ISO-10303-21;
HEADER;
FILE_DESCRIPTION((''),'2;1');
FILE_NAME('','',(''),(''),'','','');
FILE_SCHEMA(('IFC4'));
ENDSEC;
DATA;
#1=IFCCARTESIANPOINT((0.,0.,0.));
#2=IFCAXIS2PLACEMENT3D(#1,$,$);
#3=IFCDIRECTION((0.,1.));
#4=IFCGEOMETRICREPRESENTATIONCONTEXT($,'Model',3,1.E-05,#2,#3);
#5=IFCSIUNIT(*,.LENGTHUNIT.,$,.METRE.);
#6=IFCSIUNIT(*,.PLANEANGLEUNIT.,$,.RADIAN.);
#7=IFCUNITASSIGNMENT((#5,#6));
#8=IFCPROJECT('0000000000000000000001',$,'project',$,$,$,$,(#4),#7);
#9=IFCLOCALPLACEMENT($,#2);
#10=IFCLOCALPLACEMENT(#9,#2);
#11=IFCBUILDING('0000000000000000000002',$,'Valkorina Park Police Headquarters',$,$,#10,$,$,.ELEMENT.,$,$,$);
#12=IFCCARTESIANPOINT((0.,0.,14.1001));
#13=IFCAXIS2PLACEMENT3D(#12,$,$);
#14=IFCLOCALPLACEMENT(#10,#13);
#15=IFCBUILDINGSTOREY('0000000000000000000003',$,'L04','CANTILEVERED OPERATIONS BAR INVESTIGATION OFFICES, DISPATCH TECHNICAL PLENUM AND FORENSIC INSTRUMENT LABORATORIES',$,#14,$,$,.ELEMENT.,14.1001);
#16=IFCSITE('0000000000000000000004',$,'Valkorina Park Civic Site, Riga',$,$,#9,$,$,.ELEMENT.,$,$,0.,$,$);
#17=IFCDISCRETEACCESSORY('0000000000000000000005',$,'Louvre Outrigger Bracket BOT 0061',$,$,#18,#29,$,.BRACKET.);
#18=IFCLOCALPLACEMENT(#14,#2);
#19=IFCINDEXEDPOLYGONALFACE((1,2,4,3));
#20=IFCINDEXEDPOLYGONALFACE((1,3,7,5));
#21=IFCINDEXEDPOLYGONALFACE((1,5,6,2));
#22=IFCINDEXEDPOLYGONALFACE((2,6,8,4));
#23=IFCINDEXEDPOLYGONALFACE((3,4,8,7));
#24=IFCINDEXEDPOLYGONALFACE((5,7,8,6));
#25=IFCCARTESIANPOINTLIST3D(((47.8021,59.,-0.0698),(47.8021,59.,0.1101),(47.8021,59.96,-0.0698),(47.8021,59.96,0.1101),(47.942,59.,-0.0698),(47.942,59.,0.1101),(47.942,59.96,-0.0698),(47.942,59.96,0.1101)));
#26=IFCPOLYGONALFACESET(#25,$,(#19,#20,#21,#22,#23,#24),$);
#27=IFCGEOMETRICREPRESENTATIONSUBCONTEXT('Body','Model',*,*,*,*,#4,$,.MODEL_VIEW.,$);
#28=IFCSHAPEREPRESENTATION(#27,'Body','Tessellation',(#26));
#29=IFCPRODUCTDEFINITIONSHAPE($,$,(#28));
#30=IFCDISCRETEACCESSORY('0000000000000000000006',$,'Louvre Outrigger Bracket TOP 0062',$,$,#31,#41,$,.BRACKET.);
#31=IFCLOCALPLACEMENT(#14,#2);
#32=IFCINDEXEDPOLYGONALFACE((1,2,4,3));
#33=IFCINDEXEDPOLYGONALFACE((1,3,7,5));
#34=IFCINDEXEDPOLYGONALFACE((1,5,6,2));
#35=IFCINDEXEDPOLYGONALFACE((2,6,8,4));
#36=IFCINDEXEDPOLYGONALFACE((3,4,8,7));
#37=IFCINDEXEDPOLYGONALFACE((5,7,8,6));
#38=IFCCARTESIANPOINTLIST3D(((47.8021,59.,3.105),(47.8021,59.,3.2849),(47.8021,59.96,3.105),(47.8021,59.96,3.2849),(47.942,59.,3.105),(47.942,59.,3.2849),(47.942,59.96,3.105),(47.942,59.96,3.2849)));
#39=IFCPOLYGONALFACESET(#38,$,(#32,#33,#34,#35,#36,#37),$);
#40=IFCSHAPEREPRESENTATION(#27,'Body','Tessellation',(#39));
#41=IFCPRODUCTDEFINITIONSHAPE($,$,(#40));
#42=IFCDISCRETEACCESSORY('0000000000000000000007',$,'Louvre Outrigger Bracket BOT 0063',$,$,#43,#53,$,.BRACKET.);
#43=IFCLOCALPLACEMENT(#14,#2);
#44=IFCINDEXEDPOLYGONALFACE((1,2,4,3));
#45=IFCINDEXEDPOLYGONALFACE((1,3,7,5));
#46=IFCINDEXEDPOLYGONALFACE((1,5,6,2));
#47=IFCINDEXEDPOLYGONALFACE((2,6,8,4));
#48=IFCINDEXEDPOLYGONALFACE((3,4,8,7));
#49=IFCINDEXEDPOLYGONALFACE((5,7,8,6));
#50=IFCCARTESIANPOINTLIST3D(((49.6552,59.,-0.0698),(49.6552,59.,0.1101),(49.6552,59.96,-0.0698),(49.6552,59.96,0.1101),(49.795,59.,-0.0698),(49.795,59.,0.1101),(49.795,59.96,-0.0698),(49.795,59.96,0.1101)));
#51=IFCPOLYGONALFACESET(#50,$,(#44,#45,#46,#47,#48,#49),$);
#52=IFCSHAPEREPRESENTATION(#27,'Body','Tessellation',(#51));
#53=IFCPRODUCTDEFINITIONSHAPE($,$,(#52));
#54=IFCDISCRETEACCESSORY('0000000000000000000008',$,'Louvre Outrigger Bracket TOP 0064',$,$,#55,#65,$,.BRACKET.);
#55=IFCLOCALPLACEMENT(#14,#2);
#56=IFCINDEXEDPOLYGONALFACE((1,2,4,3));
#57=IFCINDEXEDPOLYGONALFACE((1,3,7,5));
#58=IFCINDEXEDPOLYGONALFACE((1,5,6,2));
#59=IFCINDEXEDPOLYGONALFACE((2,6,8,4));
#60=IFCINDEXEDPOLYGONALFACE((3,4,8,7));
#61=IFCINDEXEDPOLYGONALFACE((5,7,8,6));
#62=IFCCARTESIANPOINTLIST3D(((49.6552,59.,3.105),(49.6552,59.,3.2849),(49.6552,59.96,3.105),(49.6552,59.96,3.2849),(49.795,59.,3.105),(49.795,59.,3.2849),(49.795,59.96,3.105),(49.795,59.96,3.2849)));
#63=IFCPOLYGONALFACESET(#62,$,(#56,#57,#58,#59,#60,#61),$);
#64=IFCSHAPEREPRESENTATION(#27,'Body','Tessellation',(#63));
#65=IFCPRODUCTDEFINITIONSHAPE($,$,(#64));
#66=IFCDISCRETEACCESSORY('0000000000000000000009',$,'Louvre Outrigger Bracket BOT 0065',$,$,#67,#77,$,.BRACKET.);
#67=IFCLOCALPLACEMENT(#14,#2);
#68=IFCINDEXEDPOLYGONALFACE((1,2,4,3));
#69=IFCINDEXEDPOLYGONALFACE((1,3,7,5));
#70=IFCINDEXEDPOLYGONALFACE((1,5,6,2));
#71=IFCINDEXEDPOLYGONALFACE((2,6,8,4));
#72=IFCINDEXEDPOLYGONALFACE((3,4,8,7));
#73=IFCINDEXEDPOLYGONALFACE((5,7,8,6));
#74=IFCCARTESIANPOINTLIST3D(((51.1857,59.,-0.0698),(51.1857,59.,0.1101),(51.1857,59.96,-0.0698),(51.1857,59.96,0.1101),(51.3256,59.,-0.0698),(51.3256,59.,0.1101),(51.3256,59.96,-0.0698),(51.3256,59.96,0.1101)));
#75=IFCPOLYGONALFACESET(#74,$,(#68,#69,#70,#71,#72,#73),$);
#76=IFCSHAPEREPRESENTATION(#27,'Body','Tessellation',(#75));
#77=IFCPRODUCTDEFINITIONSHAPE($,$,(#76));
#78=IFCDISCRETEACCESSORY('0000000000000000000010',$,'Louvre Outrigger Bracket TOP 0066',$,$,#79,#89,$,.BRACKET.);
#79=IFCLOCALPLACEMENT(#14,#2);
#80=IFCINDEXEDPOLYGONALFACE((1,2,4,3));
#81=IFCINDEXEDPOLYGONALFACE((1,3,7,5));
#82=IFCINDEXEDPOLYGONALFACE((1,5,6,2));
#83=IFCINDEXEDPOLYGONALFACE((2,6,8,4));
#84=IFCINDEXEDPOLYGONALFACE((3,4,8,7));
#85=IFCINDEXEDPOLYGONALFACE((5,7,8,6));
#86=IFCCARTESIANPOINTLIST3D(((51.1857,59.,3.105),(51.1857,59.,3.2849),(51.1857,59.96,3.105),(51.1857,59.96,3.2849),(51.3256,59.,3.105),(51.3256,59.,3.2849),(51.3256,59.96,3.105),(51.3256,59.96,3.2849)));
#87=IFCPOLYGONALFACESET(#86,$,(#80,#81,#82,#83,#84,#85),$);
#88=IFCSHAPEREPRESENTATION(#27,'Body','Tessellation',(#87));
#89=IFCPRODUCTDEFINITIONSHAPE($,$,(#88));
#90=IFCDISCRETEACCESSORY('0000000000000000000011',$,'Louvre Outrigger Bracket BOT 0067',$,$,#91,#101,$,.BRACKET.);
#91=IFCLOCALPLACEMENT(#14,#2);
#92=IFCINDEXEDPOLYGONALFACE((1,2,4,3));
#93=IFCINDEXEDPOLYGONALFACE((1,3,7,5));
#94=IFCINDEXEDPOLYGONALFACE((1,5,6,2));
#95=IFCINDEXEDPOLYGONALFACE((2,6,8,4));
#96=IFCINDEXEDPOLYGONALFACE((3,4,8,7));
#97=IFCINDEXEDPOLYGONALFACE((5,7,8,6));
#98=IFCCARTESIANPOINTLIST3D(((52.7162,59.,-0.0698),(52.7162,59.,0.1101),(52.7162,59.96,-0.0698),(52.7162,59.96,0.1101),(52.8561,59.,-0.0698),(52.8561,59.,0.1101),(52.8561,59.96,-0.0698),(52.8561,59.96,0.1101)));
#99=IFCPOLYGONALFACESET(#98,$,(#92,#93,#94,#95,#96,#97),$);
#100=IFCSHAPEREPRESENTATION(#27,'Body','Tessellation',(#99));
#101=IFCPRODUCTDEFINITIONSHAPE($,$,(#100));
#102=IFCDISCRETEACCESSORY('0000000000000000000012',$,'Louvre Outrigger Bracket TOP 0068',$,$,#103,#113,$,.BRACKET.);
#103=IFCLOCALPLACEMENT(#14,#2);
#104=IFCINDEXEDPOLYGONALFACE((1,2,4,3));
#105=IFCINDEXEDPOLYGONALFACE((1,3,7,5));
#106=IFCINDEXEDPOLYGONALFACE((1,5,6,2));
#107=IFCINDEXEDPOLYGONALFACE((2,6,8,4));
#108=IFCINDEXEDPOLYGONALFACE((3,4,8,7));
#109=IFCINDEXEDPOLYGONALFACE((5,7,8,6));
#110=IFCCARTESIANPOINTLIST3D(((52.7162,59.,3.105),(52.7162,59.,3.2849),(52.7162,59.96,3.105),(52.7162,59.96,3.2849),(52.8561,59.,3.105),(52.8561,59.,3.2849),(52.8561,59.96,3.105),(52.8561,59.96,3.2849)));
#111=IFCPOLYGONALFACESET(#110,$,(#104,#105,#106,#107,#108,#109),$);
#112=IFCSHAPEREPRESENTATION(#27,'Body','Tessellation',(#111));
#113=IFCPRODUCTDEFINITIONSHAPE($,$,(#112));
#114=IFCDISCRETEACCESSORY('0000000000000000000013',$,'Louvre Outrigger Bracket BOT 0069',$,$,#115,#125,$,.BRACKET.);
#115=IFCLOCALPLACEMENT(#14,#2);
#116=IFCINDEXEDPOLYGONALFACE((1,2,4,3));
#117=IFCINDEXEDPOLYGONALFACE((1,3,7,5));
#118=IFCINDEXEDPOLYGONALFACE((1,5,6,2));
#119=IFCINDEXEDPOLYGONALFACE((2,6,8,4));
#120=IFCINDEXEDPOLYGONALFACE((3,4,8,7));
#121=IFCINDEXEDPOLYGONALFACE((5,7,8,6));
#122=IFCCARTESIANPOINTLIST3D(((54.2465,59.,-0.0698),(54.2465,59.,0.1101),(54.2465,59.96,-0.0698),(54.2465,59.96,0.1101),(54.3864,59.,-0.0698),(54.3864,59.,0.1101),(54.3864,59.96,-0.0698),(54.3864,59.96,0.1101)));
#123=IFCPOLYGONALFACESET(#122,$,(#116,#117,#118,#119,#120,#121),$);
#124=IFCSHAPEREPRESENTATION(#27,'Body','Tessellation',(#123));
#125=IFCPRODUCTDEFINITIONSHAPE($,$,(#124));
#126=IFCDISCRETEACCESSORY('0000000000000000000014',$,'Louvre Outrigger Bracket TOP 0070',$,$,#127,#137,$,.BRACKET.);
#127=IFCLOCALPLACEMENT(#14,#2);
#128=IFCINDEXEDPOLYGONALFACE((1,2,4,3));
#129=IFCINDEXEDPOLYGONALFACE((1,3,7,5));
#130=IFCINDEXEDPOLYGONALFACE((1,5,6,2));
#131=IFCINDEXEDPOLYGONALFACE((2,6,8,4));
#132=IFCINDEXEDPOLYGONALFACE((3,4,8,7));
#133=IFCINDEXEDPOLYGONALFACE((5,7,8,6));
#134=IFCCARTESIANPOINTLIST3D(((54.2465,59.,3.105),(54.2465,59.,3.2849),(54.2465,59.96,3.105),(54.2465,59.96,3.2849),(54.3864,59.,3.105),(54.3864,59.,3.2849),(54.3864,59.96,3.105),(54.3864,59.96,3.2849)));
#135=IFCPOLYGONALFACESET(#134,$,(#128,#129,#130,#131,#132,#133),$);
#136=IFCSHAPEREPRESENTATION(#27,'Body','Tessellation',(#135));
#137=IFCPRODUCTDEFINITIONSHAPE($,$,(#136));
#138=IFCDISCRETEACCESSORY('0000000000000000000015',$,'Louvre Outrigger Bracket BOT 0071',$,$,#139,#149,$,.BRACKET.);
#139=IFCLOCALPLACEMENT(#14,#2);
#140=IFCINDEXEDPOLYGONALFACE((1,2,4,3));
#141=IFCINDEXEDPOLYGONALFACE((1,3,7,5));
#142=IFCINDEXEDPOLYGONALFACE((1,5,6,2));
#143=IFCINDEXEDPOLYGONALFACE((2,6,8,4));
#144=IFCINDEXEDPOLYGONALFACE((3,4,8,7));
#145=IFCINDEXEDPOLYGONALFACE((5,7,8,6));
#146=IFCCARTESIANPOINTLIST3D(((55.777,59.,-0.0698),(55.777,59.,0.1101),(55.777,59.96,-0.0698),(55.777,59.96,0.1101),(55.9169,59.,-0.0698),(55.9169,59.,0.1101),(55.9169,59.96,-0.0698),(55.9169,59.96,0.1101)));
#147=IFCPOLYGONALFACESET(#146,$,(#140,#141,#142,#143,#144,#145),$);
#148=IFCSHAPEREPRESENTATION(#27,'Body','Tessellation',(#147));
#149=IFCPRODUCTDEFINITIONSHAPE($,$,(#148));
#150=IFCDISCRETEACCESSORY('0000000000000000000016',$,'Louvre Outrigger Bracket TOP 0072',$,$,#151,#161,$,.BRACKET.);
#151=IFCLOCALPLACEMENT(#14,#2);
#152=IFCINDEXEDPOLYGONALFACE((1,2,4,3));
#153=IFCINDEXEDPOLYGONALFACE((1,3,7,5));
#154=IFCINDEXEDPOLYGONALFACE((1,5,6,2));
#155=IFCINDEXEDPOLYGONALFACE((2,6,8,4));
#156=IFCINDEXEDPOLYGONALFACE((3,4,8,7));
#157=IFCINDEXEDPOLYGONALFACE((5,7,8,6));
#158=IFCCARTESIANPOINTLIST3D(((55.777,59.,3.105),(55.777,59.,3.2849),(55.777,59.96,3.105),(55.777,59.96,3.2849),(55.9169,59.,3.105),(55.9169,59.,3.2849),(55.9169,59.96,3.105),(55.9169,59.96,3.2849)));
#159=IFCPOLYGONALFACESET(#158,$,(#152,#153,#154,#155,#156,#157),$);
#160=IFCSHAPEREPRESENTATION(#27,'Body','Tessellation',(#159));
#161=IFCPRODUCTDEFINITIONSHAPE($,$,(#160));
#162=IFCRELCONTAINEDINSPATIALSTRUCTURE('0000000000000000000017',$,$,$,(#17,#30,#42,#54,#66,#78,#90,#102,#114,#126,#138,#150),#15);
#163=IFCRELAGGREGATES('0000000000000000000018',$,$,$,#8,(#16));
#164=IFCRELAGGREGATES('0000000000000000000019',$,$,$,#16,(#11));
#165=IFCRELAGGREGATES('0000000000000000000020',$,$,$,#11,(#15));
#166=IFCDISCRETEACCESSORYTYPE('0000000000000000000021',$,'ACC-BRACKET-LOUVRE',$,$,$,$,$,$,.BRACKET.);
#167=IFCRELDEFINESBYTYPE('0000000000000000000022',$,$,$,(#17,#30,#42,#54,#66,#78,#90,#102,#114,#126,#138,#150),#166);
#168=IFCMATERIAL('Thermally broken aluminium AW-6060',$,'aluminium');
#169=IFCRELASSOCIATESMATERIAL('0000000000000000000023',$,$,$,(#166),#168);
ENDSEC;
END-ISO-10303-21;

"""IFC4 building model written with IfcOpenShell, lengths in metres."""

from ifc_helpers import new_model, si_unit, direction, frame, origin, origin_2d, place, context, subcontext, project, spatial, rectangle, extrude, material, type_object, element, save


model = new_model("IFC4")

# Units and contexts
model_context = context("Model", 3, precision=1e-05, world=origin(), true_north=direction((0.0, 1.0)))
body_context = subcontext(model_context, "Body", "Model", "MODEL_VIEW")
ifc_project = project(units=[si_unit("LENGTHUNIT", "METRE"), si_unit("PLANEANGLEUNIT", "RADIAN")], contexts=[model_context])

# Site, building, storey
site_placement = place(None, origin())
site = spatial("IfcSite", under=ifc_project, at=site_placement, Name="Valkorina Park Civic Site, Riga", CompositionType="ELEMENT", RefElevation=0.0)
building_placement = place(site_placement, origin())
building = spatial("IfcBuilding", under=site, at=building_placement, Name="Valkorina Park Police Headquarters", CompositionType="ELEMENT")
storey_placement = place(building_placement, frame((0.0, 0.0, 14.1001)))
storey = spatial("IfcBuildingStorey", under=building, at=storey_placement, Name="L04", Description="CANTILEVERED OPERATIONS BAR INVESTIGATION OFFICES, DISPATCH TECHNICAL PLENUM AND FORENSIC INSTRUMENT LABORATORIES", CompositionType="ELEMENT", Elevation=14.1001)

# Shared definitions
ifc_material_1 = material(Name="Thermally broken aluminium AW-6060", Category="aluminium")

# Discrete accessories
discrete_accessory_type = type_object("IfcDiscreteAccessoryType", Name="ACC-BRACKET-LOUVRE", PredefinedType="BRACKET", material=ifc_material_1)
for number, where, z_axis, x_axis, name in (
    (1, (47.8721, 59.48, -0.0698), (0.0, 0.0, 1.0), (0.0, 1.0, 0.0), "Louvre Outrigger Bracket BOT 0061"),
    (2, (47.8721, 59.48, 3.105), (0.0, 0.0, 1.0), (0.0, 1.0, 0.0), "Louvre Outrigger Bracket TOP 0062"),
    (3, (49.7251, 59.48, -0.0698), (0.0, 0.0, 1.0), (0.0, 1.0, 0.0), "Louvre Outrigger Bracket BOT 0063"),
    (4, (49.7251, 59.48, 3.105), (0.0, 0.0, 1.0), (0.0, 1.0, 0.0), "Louvre Outrigger Bracket TOP 0064"),
    (5, (51.2556, 59.48, -0.0698), (0.0, 0.0, 1.0), (0.0, 1.0, 0.0), "Louvre Outrigger Bracket BOT 0065"),
    (6, (51.2556, 59.48, 3.105), (0.0, 0.0, 1.0), (0.0, 1.0, 0.0), "Louvre Outrigger Bracket TOP 0066"),
    (7, (52.7861, 59.48, -0.0698), (0.0, 0.0, 1.0), (0.0, 1.0, 0.0), "Louvre Outrigger Bracket BOT 0067"),
    (8, (52.7861, 59.48, 3.105), (0.0, 0.0, 1.0), (0.0, 1.0, 0.0), "Louvre Outrigger Bracket TOP 0068"),
    (9, (54.3164, 59.48, -0.0698), (0.0, 0.0, 1.0), (0.0, 1.0, 0.0), "Louvre Outrigger Bracket BOT 0069"),
    (10, (54.3164, 59.48, 3.105), (0.0, 0.0, 1.0), (0.0, 1.0, 0.0), "Louvre Outrigger Bracket TOP 0070"),
    (11, (55.8469, 59.48, -0.0698), (0.0, 0.0, 1.0), (0.0, 1.0, 0.0), "Louvre Outrigger Bracket BOT 0071"),
    (12, (55.8469, 59.48, 3.105), (0.0, 0.0, 1.0), (0.0, 1.0, 0.0), "Louvre Outrigger Bracket TOP 0072"),
):
    element("IfcDiscreteAccessory", number, at=place(storey_placement, frame(where, z_axis=z_axis, x_axis=x_axis)), inside=storey, type_object=discrete_accessory_type, Name=name, PredefinedType="BRACKET", context=body_context, shape_type="SweptSolid", body=[
        extrude(rectangle(XDim=0.96, YDim=0.1399, at=origin_2d()), origin(), (0.0, 0.0, 1.0), 0.1799),
    ])

save(model, "model.ifc")
